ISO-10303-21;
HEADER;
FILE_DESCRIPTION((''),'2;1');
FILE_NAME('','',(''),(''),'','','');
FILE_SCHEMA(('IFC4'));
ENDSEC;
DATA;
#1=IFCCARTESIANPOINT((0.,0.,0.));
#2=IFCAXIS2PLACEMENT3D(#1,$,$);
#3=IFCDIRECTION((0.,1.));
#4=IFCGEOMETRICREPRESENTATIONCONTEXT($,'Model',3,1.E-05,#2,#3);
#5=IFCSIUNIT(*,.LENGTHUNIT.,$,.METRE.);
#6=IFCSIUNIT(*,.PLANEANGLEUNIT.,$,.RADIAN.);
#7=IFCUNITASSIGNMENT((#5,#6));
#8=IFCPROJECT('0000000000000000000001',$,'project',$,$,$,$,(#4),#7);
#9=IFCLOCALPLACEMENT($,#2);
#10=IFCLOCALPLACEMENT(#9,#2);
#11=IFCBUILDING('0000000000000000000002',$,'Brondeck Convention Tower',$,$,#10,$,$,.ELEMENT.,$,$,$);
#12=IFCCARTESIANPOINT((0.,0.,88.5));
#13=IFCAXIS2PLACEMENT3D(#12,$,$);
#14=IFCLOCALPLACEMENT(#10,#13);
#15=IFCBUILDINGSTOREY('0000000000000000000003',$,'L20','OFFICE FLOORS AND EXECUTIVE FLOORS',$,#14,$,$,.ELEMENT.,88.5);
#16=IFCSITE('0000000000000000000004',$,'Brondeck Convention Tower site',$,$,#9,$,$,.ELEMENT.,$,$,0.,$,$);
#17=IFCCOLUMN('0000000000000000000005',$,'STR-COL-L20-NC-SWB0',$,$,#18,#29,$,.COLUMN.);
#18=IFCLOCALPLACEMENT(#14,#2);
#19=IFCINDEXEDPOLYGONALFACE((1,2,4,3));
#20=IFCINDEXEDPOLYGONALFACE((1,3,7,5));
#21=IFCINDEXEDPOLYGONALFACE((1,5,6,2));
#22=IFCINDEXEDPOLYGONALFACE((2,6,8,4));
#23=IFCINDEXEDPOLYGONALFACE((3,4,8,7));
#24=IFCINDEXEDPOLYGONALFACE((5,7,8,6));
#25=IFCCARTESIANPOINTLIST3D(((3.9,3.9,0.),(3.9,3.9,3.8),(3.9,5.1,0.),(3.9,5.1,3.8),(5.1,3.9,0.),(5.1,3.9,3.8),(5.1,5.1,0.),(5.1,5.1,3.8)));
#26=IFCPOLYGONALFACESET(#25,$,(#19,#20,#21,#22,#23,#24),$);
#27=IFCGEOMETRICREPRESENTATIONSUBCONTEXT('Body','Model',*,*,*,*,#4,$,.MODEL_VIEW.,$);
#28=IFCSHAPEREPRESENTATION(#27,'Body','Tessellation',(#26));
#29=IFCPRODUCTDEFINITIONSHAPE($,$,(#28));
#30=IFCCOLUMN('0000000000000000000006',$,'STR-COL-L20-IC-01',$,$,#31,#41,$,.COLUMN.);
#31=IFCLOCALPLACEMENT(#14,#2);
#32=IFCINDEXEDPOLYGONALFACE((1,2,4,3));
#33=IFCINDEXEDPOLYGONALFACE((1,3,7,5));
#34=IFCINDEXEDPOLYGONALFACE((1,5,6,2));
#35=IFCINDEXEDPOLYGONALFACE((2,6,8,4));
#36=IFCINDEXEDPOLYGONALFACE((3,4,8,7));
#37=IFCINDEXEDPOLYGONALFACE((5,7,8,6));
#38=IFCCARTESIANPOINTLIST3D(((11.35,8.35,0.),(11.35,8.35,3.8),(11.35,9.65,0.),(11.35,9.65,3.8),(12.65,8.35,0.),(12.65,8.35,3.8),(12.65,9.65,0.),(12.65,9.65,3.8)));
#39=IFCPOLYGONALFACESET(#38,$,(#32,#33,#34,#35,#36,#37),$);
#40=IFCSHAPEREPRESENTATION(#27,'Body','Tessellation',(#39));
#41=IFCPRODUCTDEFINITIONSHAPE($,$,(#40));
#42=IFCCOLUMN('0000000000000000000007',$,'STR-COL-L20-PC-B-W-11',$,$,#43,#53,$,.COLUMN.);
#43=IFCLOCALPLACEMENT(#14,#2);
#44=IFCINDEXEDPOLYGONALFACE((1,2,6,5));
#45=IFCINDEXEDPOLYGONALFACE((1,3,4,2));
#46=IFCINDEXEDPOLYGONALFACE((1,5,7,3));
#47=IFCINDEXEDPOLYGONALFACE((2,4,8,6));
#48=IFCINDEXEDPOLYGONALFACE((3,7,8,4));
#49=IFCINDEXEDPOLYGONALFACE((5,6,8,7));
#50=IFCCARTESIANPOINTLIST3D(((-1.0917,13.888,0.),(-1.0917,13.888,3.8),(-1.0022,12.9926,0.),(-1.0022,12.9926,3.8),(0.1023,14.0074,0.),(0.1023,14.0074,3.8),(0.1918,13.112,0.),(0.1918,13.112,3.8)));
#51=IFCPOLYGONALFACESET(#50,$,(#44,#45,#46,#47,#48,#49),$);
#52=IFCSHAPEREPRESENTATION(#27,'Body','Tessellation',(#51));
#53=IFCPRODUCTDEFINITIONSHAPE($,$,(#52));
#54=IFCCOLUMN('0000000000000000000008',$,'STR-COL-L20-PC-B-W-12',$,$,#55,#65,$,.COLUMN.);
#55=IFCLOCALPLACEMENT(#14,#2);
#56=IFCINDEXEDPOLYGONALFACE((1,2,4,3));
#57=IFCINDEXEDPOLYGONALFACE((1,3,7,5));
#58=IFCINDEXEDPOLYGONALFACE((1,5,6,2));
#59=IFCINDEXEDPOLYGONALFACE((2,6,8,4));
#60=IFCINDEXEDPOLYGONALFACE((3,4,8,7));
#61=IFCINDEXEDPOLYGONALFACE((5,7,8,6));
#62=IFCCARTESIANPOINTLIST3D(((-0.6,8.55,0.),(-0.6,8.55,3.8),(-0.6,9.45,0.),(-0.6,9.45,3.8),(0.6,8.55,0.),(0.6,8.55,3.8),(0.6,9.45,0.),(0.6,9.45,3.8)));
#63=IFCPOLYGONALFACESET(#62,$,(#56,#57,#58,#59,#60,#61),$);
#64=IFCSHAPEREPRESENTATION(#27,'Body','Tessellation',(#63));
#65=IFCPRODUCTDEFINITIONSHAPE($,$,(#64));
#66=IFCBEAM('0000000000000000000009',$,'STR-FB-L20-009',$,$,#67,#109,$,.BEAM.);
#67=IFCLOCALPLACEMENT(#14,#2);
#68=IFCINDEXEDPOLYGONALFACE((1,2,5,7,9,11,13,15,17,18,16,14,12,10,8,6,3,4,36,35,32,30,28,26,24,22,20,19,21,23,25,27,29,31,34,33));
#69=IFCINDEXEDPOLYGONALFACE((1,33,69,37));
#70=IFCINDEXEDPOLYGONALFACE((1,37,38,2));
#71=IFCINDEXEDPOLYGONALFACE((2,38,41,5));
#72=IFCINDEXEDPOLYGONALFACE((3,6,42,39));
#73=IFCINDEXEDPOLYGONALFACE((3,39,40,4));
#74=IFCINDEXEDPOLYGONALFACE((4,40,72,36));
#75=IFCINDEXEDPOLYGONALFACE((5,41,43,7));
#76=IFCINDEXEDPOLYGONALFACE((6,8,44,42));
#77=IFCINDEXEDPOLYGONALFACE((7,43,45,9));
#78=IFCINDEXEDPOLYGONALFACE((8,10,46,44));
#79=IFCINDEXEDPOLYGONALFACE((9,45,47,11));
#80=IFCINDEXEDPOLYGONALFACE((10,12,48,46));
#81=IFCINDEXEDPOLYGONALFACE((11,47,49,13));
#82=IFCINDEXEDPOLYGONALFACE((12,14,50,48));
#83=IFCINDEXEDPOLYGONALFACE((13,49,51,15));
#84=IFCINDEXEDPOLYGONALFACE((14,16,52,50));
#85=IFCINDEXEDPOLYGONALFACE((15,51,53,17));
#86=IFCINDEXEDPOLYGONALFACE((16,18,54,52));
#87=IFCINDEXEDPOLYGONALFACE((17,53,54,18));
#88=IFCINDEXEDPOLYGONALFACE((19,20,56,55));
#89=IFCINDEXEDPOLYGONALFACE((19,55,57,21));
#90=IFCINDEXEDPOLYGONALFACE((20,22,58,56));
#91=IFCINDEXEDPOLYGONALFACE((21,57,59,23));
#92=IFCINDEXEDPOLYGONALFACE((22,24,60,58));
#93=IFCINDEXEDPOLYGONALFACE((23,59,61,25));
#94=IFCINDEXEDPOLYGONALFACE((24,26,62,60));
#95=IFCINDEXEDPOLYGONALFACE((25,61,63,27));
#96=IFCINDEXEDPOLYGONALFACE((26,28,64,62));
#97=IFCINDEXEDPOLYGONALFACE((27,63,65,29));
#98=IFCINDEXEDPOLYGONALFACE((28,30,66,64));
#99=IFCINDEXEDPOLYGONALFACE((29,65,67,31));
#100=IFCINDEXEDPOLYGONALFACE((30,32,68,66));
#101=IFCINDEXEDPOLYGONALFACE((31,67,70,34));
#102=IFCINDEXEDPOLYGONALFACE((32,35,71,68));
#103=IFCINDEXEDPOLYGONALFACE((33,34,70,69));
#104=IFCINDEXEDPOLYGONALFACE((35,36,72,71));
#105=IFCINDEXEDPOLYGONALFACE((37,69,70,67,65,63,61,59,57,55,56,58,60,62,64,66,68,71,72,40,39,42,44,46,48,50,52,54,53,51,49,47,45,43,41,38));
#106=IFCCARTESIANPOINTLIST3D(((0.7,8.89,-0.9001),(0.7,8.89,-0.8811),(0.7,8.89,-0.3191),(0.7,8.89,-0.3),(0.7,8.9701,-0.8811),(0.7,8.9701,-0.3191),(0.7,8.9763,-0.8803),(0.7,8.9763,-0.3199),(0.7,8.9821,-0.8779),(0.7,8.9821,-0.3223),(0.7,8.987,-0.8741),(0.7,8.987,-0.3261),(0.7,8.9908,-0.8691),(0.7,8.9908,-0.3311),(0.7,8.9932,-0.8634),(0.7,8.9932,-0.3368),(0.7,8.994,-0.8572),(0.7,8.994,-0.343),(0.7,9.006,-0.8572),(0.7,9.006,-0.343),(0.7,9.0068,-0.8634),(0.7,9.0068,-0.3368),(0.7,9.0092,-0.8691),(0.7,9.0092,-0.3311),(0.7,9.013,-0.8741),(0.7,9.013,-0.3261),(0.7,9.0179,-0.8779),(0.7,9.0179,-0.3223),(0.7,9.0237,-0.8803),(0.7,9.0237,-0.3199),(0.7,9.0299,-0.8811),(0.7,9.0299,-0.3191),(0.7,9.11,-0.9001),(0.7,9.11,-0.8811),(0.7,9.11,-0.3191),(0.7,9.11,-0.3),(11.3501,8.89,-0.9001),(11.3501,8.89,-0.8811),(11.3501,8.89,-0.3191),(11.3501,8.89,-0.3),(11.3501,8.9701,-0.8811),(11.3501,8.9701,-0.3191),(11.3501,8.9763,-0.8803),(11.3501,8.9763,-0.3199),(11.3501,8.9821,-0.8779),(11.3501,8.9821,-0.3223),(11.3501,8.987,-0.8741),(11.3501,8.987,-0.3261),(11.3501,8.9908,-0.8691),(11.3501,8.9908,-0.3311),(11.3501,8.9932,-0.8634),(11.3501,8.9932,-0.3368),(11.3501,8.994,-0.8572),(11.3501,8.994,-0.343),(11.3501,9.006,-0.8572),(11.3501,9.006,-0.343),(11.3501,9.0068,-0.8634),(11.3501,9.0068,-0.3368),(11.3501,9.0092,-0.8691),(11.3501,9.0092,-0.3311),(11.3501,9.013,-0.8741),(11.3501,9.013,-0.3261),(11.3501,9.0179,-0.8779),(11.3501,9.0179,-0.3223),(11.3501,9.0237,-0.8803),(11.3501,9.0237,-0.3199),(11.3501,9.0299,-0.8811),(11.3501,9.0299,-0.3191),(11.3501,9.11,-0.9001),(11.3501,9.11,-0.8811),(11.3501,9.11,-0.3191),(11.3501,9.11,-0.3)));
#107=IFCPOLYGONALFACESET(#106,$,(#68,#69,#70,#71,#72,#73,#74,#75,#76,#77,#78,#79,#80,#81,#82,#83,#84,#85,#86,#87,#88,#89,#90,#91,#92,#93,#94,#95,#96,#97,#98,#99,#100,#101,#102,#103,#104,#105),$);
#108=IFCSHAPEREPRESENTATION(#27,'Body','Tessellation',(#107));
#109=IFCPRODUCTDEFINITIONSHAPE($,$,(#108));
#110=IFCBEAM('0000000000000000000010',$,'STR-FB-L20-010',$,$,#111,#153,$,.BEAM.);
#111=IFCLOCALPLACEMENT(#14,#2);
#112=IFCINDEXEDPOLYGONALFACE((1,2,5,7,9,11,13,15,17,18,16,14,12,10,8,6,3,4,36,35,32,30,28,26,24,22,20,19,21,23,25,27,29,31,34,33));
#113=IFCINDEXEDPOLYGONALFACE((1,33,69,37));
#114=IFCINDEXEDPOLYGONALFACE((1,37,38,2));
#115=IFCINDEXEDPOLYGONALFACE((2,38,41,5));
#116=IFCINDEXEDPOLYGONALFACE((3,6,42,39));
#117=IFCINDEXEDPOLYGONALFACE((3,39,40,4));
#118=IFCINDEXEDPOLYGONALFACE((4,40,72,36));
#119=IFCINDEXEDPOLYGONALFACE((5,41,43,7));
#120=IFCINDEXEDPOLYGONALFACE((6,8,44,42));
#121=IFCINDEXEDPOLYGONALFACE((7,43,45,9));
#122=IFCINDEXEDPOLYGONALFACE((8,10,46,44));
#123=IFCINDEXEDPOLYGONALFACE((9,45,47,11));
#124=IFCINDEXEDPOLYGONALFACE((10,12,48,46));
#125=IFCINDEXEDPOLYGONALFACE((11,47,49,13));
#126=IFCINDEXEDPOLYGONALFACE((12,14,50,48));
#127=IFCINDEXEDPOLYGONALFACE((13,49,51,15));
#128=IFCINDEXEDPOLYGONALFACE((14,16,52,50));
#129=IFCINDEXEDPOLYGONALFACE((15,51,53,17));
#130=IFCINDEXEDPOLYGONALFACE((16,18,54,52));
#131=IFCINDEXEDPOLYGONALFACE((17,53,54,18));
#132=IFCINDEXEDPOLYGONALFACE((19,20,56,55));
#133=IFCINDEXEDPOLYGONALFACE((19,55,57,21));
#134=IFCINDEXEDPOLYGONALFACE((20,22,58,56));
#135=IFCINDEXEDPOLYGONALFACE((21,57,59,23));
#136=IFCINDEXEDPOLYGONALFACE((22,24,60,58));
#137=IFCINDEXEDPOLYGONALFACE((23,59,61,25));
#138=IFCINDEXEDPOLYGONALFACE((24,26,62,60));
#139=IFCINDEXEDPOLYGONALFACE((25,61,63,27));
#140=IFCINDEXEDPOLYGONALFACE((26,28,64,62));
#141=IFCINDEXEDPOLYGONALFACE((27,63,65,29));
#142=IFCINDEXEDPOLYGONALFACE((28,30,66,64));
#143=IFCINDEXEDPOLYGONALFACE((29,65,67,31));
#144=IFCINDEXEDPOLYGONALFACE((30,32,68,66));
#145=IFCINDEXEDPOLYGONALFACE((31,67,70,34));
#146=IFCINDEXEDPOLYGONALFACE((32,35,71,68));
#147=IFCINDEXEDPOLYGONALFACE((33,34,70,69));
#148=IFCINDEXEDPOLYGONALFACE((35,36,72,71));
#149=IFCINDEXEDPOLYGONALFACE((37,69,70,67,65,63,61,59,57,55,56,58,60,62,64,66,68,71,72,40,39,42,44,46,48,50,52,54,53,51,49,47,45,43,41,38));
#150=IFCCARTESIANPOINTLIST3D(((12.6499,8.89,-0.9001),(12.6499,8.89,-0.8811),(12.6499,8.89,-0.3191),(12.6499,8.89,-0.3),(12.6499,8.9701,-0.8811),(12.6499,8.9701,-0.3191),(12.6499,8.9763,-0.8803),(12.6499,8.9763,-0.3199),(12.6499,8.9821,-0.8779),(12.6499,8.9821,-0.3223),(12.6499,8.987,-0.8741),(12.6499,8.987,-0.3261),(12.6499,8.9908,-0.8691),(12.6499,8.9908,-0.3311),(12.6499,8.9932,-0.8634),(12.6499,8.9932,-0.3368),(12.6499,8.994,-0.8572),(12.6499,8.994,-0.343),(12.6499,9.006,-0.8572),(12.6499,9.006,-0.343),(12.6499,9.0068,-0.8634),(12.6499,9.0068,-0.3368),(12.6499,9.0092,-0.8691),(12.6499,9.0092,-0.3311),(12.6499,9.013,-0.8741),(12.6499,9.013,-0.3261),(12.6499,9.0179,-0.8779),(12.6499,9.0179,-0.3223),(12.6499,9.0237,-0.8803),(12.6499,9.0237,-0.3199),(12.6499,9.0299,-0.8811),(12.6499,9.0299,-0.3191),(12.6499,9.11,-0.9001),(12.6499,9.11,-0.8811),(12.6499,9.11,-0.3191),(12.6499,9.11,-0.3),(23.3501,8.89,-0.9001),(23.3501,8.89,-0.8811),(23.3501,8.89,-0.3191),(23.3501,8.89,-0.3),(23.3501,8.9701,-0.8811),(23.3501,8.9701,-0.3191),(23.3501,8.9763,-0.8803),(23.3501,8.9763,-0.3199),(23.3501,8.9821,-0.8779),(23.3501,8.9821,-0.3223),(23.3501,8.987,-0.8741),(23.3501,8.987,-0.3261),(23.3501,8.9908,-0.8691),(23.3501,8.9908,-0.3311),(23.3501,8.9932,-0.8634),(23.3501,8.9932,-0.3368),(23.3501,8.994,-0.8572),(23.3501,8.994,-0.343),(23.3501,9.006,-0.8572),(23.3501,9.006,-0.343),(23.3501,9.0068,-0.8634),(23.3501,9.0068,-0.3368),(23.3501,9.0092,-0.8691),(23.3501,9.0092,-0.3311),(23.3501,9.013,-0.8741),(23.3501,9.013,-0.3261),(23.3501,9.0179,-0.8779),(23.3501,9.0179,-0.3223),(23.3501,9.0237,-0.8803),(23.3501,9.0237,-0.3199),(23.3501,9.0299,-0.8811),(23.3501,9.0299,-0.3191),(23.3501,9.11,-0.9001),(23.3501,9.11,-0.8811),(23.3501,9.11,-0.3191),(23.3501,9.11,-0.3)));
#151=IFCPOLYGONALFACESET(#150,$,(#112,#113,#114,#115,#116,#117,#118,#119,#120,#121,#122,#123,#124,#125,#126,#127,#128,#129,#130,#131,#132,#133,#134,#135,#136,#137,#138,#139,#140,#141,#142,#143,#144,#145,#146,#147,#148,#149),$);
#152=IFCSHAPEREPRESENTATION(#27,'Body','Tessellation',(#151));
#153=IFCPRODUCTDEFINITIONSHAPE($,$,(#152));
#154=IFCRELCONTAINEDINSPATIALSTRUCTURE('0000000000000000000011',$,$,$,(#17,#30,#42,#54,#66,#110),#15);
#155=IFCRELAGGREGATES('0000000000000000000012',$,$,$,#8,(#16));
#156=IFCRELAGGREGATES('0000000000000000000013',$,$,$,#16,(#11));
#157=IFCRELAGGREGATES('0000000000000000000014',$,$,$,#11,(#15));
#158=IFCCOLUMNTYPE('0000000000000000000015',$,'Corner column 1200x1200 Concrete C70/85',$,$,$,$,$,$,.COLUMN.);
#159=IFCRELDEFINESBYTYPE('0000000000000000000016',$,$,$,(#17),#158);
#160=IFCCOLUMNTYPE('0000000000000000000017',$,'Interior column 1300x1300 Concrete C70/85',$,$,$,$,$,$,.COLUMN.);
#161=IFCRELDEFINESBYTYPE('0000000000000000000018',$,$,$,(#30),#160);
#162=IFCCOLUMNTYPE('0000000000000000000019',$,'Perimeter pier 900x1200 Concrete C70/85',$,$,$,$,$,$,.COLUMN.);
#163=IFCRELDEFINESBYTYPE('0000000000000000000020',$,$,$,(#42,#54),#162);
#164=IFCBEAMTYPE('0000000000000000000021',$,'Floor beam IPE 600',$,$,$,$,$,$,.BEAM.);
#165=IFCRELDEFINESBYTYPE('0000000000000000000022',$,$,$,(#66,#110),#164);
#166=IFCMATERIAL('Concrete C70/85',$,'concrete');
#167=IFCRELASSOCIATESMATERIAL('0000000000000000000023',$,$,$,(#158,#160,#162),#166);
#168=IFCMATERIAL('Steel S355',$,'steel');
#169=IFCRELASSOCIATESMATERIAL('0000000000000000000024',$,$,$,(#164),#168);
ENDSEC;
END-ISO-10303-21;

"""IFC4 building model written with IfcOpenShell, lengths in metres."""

from ifc_helpers import new_model, si_unit, direction, frame, origin, origin_2d, place, context, subcontext, project, spatial, rectangle, i_section, extrude, material, material_profile, profile_set, type_object, element, save


model = new_model("IFC4")

# Units and contexts
model_context = context("Model", 3, precision=1e-05, world=origin(), true_north=direction((0.0, 1.0)))
body_context = subcontext(model_context, "Body", "Model", "MODEL_VIEW")
ifc_project = project(units=[si_unit("LENGTHUNIT", "METRE"), si_unit("PLANEANGLEUNIT", "RADIAN")], contexts=[model_context])

# Site, building, storey
site_placement = place(None, origin())
site = spatial("IfcSite", under=ifc_project, at=site_placement, Name="Brondeck Convention Tower site", CompositionType="ELEMENT", RefElevation=0.0)
building_placement = place(site_placement, origin())
building = spatial("IfcBuilding", under=site, at=building_placement, Name="Brondeck Convention Tower", CompositionType="ELEMENT")
storey_placement = place(building_placement, frame((0.0, 0.0, 88.5)))
storey = spatial("IfcBuildingStorey", under=building, at=storey_placement, Name="L20", Description="OFFICE FLOORS AND EXECUTIVE FLOORS", CompositionType="ELEMENT", Elevation=88.5)

# Columns
ifc_material_1 = material(Name="Concrete C70/85", Category="concrete")
ifc_material_profile_1 = material_profile(ifc_material_1, rectangle(XDim=1.2, YDim=1.2, at=origin_2d()), Name="Corner column 1200x1200 Concrete C70/85")
ifc_profile_set_1 = profile_set([ifc_material_profile_1], Name="Concrete C70/85")
column_type_1 = type_object("IfcColumnType", Name="Corner column 1200x1200 Concrete C70/85", PredefinedType="COLUMN", material=ifc_profile_set_1)
column_1_placement = place(storey_placement, frame((4.5, 4.5, 0.0), z_axis=(0.0, 0.0, 1.0), x_axis=(1.0, 0.0, 0.0)))
element("IfcColumn", 1, at=column_1_placement, inside=storey, type_object=column_type_1, Name="STR-COL-L20-NC-SWB0", PredefinedType="COLUMN", context=body_context, shape_type="SweptSolid", body=[
    extrude(rectangle(XDim=1.2, YDim=1.2, at=origin_2d()), origin(), (0.0, 0.0, 1.0), 3.8),
])
ifc_material_profile_2 = material_profile(ifc_material_1, rectangle(XDim=1.3, YDim=1.3, at=origin_2d()), Name="Interior column 1300x1300 Concrete C70/85")
ifc_profile_set_2 = profile_set([ifc_material_profile_2], Name="Concrete C70/85")
column_type_2 = type_object("IfcColumnType", Name="Interior column 1300x1300 Concrete C70/85", PredefinedType="COLUMN", material=ifc_profile_set_2)
column_2_placement = place(storey_placement, frame((12.0, 9.0, 0.0), z_axis=(0.0, 0.0, 1.0), x_axis=(1.0, 0.0, 0.0)))
element("IfcColumn", 2, at=column_2_placement, inside=storey, type_object=column_type_2, Name="STR-COL-L20-IC-01", PredefinedType="COLUMN", context=body_context, shape_type="SweptSolid", body=[
    extrude(rectangle(XDim=1.3, YDim=1.3, at=origin_2d()), origin(), (0.0, 0.0, 1.0), 3.8),
])
ifc_material_profile_3 = material_profile(ifc_material_1, rectangle(XDim=0.8999, YDim=1.2, at=origin_2d()), Name="Perimeter pier 900x1200 Concrete C70/85")
ifc_profile_set_3 = profile_set([ifc_material_profile_3], Name="Concrete C70/85")
column_type_3 = type_object("IfcColumnType", Name="Perimeter pier 900x1200 Concrete C70/85", PredefinedType="COLUMN", material=ifc_profile_set_3)
for number, where, z_axis, x_axis, name in (
    (3, (-0.45, 13.5, 0.0), (0.0, 0.0, 1.0), (0.099504, -0.995037, 0.0), "STR-COL-L20-PC-B-W-11"),
    (4, (0.0, 9.0, 0.0), (0.0, 0.0, 1.0), (0.0, -1.0, 0.0), "STR-COL-L20-PC-B-W-12"),
):
    element("IfcColumn", number, at=place(storey_placement, frame(where, z_axis=z_axis, x_axis=x_axis)), inside=storey, type_object=column_type_3, Name=name, PredefinedType="COLUMN", context=body_context, shape_type="SweptSolid", body=[
        extrude(rectangle(XDim=0.8999, YDim=1.2, at=origin_2d()), origin(), (0.0, 0.0, 1.0), 3.8),
    ])

# Beams
ifc_material_2 = material(Name="Steel S355", Category="steel")
ifc_material_profile_4 = material_profile(ifc_material_2, i_section(OverallWidth=0.22, OverallDepth=0.6001, WebThickness=0.012, FlangeThickness=0.019, FilletRadius=0.0239, at=origin_2d()), Name="IPE 600")
ifc_profile_set_4 = profile_set([ifc_material_profile_4], Name="Steel S355")
beam_type_1 = type_object("IfcBeamType", Name="Floor beam IPE 600", PredefinedType="BEAM", material=ifc_profile_set_4)
beam_1_placement = place(storey_placement, frame((0.7, 9.0, -0.6001), z_axis=(1.0, 0.0, 0.0), x_axis=(0.0, 1.0, 0.0)))
element("IfcBeam", 5, at=beam_1_placement, inside=storey, type_object=beam_type_1, Name="STR-FB-L20-009", PredefinedType="BEAM", context=body_context, shape_type="SweptSolid", body=[
    extrude(i_section(OverallWidth=0.22, OverallDepth=0.6001, WebThickness=0.012, FlangeThickness=0.019, FilletRadius=0.0239, at=origin_2d()), origin(), (0.0, 0.0, 1.0), 10.6501),
])
beam_2_placement = place(storey_placement, frame((12.6499, 9.0, -0.6001), z_axis=(1.0, 0.0, 0.0), x_axis=(0.0, 1.0, 0.0)))
element("IfcBeam", 6, at=beam_2_placement, inside=storey, type_object=beam_type_1, Name="STR-FB-L20-010", PredefinedType="BEAM", context=body_context, shape_type="SweptSolid", body=[
    extrude(i_section(OverallWidth=0.22, OverallDepth=0.6001, WebThickness=0.012, FlangeThickness=0.019, FilletRadius=0.0239, at=origin_2d()), origin(), (0.0, 0.0, 1.0), 10.7002),
])

save(model, "model.ifc")
